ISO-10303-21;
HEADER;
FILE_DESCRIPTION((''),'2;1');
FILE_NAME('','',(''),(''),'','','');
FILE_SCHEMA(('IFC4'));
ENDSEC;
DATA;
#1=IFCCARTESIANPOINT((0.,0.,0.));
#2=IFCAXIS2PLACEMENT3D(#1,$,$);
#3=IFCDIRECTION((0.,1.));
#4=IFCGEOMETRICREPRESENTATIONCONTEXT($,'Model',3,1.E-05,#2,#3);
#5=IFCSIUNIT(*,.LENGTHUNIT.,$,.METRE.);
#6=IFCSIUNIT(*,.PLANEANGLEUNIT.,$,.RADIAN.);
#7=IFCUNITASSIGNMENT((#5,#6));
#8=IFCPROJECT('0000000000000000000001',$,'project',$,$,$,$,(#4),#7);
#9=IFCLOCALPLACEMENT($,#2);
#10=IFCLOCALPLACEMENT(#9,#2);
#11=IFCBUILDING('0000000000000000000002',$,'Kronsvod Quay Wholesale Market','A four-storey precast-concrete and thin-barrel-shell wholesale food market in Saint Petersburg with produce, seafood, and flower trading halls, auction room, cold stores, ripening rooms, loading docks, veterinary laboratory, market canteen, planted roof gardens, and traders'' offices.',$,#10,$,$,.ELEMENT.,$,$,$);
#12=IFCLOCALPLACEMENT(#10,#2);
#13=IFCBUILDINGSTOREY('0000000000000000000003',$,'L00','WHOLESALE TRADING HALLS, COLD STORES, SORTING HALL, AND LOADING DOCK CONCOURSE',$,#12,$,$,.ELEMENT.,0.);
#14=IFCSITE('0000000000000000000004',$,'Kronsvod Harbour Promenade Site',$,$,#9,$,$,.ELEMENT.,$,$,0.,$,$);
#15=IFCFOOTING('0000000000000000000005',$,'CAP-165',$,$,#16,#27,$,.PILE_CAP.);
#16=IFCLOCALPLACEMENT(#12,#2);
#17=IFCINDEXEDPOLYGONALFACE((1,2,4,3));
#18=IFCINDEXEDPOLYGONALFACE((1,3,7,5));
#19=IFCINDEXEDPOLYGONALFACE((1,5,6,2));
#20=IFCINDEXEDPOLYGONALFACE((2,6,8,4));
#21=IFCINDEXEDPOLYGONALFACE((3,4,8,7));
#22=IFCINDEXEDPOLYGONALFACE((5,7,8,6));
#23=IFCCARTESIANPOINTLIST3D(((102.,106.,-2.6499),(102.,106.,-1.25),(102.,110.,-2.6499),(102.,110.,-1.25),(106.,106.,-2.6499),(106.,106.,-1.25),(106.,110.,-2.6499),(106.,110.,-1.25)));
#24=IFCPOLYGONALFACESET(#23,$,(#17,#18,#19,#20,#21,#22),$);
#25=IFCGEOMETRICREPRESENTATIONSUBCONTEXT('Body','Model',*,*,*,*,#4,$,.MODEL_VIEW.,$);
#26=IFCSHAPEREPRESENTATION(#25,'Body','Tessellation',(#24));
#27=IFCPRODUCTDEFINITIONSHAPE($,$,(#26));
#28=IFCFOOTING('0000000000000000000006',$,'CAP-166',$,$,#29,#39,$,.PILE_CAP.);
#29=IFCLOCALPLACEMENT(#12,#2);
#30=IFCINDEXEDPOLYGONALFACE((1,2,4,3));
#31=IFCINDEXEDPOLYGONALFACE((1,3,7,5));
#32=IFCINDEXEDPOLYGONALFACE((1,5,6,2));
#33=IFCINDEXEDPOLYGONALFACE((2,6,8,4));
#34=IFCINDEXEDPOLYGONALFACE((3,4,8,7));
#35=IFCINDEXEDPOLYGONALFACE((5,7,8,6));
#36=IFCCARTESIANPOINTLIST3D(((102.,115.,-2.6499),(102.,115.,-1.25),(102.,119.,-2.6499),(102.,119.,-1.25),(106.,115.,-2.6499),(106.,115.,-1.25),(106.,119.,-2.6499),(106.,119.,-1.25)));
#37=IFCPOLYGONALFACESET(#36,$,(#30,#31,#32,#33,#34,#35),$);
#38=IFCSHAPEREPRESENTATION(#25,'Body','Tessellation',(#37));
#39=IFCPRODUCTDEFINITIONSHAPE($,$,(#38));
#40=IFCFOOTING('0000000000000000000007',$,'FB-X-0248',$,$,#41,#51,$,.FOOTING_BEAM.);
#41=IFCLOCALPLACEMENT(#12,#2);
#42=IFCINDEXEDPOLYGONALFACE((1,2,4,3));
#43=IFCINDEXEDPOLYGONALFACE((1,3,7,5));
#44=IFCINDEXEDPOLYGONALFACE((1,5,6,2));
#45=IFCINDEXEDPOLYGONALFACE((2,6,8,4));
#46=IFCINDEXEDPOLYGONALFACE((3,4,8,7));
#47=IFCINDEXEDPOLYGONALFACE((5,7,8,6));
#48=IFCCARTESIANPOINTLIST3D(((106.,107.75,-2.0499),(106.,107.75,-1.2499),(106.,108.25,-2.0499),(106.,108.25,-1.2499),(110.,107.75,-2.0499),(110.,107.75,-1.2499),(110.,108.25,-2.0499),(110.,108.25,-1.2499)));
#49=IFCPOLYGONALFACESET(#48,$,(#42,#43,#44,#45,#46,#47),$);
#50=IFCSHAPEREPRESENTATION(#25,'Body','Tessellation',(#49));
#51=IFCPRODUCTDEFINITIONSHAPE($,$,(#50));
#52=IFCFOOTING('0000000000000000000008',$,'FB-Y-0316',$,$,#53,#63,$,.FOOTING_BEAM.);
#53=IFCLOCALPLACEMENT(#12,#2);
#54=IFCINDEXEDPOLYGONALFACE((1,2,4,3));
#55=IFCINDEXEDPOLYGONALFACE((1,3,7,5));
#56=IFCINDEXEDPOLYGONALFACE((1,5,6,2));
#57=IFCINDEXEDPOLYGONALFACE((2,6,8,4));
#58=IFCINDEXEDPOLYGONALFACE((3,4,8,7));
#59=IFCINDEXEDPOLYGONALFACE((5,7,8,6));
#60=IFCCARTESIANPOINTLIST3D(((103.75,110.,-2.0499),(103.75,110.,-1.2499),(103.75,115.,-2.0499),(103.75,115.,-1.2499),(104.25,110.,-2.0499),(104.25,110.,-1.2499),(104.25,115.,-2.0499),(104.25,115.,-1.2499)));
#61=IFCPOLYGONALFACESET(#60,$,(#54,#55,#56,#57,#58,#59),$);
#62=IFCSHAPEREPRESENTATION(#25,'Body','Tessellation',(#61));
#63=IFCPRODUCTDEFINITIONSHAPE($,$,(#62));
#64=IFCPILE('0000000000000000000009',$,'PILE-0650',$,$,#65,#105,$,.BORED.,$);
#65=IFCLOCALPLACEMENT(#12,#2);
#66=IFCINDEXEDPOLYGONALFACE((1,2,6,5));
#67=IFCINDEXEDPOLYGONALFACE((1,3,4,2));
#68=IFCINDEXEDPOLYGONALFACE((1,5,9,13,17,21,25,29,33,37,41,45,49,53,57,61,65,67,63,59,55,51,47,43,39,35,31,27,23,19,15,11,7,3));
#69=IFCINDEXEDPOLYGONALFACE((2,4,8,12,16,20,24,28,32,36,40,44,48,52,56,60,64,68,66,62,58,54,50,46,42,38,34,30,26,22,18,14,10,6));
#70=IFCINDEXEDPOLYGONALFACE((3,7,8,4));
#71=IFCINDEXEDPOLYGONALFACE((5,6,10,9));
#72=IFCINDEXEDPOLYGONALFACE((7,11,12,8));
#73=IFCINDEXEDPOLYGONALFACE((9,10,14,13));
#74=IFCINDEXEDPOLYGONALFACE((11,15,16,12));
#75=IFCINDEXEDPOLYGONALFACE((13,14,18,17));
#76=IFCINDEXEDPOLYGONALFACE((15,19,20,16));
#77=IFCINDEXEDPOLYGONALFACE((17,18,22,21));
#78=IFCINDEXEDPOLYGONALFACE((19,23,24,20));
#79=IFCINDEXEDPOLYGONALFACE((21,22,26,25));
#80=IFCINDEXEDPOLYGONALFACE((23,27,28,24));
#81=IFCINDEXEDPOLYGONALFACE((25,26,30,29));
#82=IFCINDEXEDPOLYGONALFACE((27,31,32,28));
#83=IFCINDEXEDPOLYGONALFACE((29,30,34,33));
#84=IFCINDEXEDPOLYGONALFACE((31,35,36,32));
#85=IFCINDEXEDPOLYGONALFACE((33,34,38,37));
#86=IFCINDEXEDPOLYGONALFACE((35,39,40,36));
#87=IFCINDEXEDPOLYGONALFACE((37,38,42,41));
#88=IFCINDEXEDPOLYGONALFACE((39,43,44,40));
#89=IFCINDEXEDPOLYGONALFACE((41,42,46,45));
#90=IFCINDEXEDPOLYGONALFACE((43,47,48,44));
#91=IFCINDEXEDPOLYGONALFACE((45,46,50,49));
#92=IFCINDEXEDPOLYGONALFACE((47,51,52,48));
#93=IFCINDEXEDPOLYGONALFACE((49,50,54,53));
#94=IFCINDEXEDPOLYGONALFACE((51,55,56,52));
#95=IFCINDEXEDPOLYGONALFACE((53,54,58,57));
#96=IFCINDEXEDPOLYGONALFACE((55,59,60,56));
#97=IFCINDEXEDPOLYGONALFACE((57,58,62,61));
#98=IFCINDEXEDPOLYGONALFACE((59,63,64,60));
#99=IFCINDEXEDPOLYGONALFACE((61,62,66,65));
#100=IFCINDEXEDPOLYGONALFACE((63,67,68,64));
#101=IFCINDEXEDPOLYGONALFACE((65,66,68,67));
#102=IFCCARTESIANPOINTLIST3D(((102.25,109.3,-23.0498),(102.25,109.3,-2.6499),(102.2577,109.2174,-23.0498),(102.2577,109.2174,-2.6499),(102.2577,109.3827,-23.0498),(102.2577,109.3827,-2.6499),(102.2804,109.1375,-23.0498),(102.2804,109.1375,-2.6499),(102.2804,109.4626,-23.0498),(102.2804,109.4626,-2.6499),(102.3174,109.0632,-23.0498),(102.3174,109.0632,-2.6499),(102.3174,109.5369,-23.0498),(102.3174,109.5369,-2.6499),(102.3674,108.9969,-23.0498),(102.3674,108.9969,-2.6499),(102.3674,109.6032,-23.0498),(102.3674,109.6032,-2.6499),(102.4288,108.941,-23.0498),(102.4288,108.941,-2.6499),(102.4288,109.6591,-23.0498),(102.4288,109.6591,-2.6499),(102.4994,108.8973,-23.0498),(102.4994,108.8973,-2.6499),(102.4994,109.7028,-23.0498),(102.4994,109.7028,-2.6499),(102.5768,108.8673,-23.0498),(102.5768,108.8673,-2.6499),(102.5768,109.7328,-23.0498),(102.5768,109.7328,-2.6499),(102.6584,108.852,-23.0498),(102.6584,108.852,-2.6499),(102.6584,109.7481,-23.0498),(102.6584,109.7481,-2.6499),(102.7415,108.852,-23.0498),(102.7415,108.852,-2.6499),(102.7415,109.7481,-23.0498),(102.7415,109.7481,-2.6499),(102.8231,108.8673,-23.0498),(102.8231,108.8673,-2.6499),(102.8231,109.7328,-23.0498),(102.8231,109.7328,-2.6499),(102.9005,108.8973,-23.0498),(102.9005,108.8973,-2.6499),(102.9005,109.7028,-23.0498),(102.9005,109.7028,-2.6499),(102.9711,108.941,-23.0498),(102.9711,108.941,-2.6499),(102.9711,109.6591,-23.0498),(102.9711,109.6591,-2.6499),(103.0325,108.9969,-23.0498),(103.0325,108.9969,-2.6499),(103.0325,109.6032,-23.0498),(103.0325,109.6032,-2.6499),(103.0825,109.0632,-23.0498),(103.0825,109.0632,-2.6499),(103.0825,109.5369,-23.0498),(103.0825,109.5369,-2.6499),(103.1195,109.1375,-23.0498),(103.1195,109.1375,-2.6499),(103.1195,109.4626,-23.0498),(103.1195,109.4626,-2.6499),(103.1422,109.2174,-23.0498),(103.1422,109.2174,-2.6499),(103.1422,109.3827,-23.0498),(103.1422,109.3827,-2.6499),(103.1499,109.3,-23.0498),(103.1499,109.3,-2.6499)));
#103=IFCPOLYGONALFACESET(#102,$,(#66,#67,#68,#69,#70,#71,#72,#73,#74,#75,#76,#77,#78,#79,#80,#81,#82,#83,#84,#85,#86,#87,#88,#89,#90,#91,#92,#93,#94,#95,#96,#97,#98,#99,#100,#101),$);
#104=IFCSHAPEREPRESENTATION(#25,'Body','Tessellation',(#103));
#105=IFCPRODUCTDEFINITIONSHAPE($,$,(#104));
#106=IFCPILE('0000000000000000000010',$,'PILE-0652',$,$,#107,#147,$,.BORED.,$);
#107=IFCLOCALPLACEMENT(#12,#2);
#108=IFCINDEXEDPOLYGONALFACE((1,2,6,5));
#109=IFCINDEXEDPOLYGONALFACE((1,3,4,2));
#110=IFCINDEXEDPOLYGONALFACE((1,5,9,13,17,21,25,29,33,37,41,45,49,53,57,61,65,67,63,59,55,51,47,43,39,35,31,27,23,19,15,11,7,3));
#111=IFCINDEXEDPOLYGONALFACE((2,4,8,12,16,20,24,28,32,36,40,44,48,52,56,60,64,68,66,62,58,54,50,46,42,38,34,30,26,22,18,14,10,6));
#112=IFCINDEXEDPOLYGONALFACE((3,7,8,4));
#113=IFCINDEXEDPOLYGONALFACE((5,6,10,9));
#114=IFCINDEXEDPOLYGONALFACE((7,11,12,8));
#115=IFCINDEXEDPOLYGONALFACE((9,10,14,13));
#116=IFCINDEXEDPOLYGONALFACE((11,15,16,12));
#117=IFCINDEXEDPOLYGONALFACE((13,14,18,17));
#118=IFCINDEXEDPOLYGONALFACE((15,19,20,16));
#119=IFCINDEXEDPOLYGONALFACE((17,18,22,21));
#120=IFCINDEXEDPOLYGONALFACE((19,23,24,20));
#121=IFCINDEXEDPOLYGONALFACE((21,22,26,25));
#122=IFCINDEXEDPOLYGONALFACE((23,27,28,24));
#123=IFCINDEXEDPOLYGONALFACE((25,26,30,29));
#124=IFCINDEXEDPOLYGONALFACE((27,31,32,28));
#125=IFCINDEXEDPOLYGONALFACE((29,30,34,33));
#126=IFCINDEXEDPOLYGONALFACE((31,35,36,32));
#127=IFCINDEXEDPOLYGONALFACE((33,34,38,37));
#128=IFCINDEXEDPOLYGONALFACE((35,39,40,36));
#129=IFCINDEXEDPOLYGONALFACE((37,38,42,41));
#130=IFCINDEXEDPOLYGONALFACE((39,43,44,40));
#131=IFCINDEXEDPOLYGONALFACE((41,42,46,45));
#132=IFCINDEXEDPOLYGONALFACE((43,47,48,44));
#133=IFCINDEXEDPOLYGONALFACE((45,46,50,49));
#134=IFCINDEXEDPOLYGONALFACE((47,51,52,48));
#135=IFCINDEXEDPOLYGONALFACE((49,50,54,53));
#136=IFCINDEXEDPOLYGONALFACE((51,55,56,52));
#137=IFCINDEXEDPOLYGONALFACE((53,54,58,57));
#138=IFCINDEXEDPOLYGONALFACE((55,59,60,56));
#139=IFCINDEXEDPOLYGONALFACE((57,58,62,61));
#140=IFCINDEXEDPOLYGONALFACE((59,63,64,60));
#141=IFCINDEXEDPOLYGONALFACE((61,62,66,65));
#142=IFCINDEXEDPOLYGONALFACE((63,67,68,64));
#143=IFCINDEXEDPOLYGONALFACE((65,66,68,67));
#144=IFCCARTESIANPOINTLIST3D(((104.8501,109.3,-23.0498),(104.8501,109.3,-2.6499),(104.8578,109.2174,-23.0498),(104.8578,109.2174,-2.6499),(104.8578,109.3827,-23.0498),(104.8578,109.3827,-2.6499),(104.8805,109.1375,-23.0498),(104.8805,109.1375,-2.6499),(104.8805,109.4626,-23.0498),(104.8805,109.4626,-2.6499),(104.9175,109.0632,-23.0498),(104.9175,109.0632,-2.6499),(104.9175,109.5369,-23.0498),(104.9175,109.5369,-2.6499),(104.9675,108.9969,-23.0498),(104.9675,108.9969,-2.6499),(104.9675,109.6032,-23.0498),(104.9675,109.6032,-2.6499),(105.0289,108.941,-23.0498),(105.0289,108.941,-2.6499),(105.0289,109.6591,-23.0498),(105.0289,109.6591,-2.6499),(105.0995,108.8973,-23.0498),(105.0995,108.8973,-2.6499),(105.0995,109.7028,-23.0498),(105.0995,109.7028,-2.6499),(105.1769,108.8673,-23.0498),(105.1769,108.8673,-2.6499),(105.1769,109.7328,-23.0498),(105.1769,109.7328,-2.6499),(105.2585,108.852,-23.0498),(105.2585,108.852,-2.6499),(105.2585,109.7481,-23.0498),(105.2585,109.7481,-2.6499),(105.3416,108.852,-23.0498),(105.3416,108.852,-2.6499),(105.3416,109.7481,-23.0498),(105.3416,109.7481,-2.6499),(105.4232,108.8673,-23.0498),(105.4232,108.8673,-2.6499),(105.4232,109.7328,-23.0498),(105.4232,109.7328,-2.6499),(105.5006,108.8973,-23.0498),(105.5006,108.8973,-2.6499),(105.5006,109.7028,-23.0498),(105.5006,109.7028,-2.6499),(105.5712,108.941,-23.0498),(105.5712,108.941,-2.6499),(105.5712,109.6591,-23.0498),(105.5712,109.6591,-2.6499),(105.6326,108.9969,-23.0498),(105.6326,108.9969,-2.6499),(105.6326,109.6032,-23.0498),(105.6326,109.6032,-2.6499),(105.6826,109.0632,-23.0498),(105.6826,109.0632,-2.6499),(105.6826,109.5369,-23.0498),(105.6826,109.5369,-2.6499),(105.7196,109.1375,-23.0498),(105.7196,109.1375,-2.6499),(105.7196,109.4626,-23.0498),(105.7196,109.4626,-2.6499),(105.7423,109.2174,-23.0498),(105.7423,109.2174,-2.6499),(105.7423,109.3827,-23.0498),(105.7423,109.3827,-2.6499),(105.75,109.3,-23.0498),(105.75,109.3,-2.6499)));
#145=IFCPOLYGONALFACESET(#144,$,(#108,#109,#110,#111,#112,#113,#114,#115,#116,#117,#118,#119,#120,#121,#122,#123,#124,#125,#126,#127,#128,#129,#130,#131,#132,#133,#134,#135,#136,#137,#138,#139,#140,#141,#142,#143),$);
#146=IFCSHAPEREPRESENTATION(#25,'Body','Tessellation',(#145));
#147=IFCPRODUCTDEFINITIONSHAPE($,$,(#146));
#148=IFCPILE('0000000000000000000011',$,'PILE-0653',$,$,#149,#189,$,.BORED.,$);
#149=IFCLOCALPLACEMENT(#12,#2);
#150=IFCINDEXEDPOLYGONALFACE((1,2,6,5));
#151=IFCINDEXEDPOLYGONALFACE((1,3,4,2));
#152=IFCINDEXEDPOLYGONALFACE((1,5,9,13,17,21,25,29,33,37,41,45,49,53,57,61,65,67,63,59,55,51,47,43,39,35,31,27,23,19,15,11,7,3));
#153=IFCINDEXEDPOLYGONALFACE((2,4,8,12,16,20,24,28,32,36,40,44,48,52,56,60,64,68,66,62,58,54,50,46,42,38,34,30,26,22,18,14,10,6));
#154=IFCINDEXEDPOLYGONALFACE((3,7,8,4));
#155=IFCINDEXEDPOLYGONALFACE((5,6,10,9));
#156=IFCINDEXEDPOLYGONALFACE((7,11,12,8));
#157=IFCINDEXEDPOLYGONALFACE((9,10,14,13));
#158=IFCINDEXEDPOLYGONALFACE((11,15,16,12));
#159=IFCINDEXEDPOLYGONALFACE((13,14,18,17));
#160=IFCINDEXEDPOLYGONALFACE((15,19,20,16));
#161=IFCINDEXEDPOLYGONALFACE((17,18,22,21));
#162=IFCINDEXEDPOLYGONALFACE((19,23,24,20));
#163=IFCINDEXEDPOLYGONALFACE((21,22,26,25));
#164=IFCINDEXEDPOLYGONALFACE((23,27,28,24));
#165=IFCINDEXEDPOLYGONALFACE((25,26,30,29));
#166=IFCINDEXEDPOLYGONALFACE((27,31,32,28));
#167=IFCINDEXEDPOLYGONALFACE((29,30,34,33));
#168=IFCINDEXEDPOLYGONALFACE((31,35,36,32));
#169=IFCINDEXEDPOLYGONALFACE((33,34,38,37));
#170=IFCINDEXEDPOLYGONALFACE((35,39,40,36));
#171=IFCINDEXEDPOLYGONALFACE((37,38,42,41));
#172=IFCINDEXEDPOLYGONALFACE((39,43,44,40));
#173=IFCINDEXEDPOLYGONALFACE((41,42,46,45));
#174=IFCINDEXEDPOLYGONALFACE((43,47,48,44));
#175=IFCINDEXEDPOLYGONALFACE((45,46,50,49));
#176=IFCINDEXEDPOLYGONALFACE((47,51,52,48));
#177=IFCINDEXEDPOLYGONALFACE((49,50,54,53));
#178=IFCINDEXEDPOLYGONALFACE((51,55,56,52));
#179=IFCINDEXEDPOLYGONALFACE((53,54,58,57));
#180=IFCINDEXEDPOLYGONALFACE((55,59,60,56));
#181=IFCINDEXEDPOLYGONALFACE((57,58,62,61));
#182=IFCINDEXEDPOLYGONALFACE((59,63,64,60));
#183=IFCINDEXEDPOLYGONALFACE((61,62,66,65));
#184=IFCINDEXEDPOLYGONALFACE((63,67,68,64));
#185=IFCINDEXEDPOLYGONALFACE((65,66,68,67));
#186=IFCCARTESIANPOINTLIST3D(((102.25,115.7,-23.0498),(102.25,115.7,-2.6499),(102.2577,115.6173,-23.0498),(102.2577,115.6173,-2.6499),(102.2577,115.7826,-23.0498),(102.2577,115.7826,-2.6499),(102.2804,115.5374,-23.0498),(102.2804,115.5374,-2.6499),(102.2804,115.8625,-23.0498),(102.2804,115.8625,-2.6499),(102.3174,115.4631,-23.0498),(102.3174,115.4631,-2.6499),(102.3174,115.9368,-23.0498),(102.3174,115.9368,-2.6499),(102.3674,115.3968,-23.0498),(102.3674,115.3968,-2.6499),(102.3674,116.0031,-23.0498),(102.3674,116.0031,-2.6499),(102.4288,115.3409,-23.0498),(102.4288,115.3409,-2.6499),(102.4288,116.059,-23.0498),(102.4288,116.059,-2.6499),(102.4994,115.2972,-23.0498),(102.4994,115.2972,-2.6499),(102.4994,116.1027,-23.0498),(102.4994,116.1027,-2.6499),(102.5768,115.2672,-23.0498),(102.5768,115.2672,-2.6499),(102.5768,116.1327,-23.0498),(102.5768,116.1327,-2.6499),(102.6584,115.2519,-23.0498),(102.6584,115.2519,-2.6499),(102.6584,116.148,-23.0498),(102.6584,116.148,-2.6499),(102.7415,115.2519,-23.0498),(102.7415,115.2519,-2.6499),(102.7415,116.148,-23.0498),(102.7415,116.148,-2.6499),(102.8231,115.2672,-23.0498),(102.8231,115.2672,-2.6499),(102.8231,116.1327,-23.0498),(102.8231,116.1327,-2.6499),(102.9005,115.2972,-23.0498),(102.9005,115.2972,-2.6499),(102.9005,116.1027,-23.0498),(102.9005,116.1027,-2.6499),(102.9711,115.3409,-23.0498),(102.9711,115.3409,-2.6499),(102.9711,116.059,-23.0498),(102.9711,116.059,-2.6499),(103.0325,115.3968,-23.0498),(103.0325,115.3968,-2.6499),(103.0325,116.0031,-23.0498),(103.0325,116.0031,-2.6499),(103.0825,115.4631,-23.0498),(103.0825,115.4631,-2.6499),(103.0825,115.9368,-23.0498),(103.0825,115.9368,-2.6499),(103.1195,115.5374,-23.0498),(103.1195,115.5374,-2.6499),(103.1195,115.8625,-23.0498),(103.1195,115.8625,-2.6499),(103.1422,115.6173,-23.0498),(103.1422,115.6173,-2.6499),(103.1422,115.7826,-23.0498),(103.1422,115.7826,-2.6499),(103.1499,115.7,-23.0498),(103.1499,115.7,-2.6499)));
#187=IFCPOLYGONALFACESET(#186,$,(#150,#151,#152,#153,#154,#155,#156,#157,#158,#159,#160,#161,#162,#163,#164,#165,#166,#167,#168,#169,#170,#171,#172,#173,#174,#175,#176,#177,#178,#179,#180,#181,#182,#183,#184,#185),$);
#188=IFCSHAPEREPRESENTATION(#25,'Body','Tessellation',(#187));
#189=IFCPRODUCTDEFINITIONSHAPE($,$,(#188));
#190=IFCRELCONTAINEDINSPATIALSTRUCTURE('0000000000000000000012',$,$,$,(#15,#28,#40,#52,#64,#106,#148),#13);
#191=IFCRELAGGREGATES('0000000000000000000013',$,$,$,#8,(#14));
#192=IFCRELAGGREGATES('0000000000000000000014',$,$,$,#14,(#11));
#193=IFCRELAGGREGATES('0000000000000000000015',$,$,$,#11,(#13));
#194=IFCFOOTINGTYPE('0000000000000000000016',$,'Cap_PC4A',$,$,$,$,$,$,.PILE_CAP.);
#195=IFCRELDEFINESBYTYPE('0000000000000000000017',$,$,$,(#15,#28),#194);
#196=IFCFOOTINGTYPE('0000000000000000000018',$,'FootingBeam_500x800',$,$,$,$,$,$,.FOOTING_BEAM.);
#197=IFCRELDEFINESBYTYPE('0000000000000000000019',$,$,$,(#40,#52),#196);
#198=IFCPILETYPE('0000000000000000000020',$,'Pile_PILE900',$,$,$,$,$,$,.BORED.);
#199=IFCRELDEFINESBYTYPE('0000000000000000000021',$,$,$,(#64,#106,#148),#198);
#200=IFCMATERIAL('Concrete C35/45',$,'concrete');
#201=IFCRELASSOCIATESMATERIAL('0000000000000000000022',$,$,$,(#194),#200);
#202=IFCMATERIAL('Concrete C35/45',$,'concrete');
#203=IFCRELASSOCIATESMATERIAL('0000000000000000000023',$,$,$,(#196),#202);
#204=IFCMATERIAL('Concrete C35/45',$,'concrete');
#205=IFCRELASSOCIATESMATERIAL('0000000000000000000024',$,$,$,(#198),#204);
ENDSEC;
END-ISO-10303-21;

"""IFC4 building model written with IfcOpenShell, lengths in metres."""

from ifc_helpers import new_model, si_unit, direction, frame, origin, origin_2d, place, context, subcontext, project, spatial, rectangle, circle, extrude, material, material_profile, profile_set, type_object, element, save


model = new_model("IFC4")

# Units and contexts
model_context = context("Model", 3, precision=1e-05, world=origin(), true_north=direction((0.0, 1.0)))
body_context = subcontext(model_context, "Body", "Model", "MODEL_VIEW")
ifc_project = project(units=[si_unit("LENGTHUNIT", "METRE"), si_unit("PLANEANGLEUNIT", "RADIAN")], contexts=[model_context])

# Site, building, storey
site_placement = place(None, origin())
site = spatial("IfcSite", under=ifc_project, at=site_placement, Name="Kronsvod Harbour Promenade Site", CompositionType="ELEMENT", RefElevation=0.0)
building_placement = place(site_placement, origin())
building = spatial("IfcBuilding", under=site, at=building_placement, Name="Kronsvod Quay Wholesale Market", Description="A four-storey precast-concrete and thin-barrel-shell wholesale food market in Saint Petersburg with produce, seafood, and flower trading halls, auction room, cold stores, ripening rooms, loading docks, veterinary laboratory, market canteen, planted roof gardens, and traders' offices.", CompositionType="ELEMENT")
storey_placement = place(building_placement, origin())
storey = spatial("IfcBuildingStorey", under=building, at=storey_placement, Name="L00", Description="WHOLESALE TRADING HALLS, COLD STORES, SORTING HALL, AND LOADING DOCK CONCOURSE", CompositionType="ELEMENT", Elevation=0.0)

# Footings
ifc_material_1 = material(Name="Concrete C35/45", Category="concrete")
footing_type_1 = type_object("IfcFootingType", Name="Cap_PC4A", PredefinedType="PILE_CAP", material=ifc_material_1)
for number, where, z_axis, x_axis, name in (
    (1, (104.0, 108.0, -2.6499), (0.0, 0.0, 1.0), (1.0, 0.0, 0.0), "CAP-165"),
    (2, (104.0, 117.0, -2.6499), (0.0, 0.0, 1.0), (1.0, 0.0, 0.0), "CAP-166"),
):
    element("IfcFooting", number, at=place(storey_placement, frame(where, z_axis=z_axis, x_axis=x_axis)), inside=storey, type_object=footing_type_1, Name=name, PredefinedType="PILE_CAP", context=body_context, shape_type="SweptSolid", body=[
        extrude(rectangle(XDim=4.0, YDim=4.0, at=origin_2d()), origin(), (0.0, 0.0, 1.0), 1.3999),
    ])
ifc_material_2 = material(Name="Concrete C35/45", Category="concrete")
ifc_material_profile_1 = material_profile(ifc_material_2, rectangle(XDim=0.5, YDim=0.8, at=origin_2d()), Name="FB-01")
ifc_profile_set_1 = profile_set([ifc_material_profile_1], Name="Concrete C35/45")
footing_type_2 = type_object("IfcFootingType", Name="FootingBeam_500x800", PredefinedType="FOOTING_BEAM", material=ifc_profile_set_1)
footing_1_placement = place(storey_placement, frame((106.0, 108.0, -1.6499), z_axis=(1.0, 0.0, 0.0), x_axis=(0.0, 1.0, 0.0)))
element("IfcFooting", 3, at=footing_1_placement, inside=storey, type_object=footing_type_2, Name="FB-X-0248", PredefinedType="FOOTING_BEAM", context=body_context, shape_type="SweptSolid", body=[
    extrude(rectangle(XDim=0.5, YDim=0.8, at=origin_2d()), origin(), (0.0, 0.0, 1.0), 4.0),
])
footing_2_placement = place(storey_placement, frame((104.0, 110.0, -1.6499), z_axis=(0.0, 1.0, 0.0), x_axis=(-1.0, 0.0, 0.0)))
element("IfcFooting", 4, at=footing_2_placement, inside=storey, type_object=footing_type_2, Name="FB-Y-0316", PredefinedType="FOOTING_BEAM", context=body_context, shape_type="SweptSolid", body=[
    extrude(rectangle(XDim=0.5, YDim=0.8, at=origin_2d()), origin(), (0.0, 0.0, 1.0), 5.0),
])

# Piles
ifc_material_3 = material(Name="Concrete C35/45", Category="concrete")
ifc_material_profile_2 = material_profile(ifc_material_3, circle(Radius=0.45, at=origin_2d()), Name="PILE900")
ifc_profile_set_2 = profile_set([ifc_material_profile_2], Name="Concrete C35/45")
pile_type = type_object("IfcPileType", Name="Pile_PILE900", PredefinedType="BORED", material=ifc_profile_set_2)
for number, where, z_axis, x_axis, name in (
    (5, (102.7, 109.3, -2.6499), (0.0, 0.0, -1.0), (1.0, 0.0, 0.0), "PILE-0650"),
    (6, (105.3, 109.3, -2.6499), (0.0, 0.0, -1.0), (1.0, 0.0, 0.0), "PILE-0652"),
    (7, (102.7, 115.7, -2.6499), (0.0, 0.0, -1.0), (1.0, 0.0, 0.0), "PILE-0653"),
):
    element("IfcPile", number, at=place(storey_placement, frame(where, z_axis=z_axis, x_axis=x_axis)), inside=storey, type_object=pile_type, Name=name, PredefinedType="BORED", context=body_context, shape_type="SweptSolid", body=[
        extrude(circle(Radius=0.45, at=origin_2d()), origin(), (0.0, 0.0, 1.0), 20.3999),
    ])

save(model, "model.ifc")
